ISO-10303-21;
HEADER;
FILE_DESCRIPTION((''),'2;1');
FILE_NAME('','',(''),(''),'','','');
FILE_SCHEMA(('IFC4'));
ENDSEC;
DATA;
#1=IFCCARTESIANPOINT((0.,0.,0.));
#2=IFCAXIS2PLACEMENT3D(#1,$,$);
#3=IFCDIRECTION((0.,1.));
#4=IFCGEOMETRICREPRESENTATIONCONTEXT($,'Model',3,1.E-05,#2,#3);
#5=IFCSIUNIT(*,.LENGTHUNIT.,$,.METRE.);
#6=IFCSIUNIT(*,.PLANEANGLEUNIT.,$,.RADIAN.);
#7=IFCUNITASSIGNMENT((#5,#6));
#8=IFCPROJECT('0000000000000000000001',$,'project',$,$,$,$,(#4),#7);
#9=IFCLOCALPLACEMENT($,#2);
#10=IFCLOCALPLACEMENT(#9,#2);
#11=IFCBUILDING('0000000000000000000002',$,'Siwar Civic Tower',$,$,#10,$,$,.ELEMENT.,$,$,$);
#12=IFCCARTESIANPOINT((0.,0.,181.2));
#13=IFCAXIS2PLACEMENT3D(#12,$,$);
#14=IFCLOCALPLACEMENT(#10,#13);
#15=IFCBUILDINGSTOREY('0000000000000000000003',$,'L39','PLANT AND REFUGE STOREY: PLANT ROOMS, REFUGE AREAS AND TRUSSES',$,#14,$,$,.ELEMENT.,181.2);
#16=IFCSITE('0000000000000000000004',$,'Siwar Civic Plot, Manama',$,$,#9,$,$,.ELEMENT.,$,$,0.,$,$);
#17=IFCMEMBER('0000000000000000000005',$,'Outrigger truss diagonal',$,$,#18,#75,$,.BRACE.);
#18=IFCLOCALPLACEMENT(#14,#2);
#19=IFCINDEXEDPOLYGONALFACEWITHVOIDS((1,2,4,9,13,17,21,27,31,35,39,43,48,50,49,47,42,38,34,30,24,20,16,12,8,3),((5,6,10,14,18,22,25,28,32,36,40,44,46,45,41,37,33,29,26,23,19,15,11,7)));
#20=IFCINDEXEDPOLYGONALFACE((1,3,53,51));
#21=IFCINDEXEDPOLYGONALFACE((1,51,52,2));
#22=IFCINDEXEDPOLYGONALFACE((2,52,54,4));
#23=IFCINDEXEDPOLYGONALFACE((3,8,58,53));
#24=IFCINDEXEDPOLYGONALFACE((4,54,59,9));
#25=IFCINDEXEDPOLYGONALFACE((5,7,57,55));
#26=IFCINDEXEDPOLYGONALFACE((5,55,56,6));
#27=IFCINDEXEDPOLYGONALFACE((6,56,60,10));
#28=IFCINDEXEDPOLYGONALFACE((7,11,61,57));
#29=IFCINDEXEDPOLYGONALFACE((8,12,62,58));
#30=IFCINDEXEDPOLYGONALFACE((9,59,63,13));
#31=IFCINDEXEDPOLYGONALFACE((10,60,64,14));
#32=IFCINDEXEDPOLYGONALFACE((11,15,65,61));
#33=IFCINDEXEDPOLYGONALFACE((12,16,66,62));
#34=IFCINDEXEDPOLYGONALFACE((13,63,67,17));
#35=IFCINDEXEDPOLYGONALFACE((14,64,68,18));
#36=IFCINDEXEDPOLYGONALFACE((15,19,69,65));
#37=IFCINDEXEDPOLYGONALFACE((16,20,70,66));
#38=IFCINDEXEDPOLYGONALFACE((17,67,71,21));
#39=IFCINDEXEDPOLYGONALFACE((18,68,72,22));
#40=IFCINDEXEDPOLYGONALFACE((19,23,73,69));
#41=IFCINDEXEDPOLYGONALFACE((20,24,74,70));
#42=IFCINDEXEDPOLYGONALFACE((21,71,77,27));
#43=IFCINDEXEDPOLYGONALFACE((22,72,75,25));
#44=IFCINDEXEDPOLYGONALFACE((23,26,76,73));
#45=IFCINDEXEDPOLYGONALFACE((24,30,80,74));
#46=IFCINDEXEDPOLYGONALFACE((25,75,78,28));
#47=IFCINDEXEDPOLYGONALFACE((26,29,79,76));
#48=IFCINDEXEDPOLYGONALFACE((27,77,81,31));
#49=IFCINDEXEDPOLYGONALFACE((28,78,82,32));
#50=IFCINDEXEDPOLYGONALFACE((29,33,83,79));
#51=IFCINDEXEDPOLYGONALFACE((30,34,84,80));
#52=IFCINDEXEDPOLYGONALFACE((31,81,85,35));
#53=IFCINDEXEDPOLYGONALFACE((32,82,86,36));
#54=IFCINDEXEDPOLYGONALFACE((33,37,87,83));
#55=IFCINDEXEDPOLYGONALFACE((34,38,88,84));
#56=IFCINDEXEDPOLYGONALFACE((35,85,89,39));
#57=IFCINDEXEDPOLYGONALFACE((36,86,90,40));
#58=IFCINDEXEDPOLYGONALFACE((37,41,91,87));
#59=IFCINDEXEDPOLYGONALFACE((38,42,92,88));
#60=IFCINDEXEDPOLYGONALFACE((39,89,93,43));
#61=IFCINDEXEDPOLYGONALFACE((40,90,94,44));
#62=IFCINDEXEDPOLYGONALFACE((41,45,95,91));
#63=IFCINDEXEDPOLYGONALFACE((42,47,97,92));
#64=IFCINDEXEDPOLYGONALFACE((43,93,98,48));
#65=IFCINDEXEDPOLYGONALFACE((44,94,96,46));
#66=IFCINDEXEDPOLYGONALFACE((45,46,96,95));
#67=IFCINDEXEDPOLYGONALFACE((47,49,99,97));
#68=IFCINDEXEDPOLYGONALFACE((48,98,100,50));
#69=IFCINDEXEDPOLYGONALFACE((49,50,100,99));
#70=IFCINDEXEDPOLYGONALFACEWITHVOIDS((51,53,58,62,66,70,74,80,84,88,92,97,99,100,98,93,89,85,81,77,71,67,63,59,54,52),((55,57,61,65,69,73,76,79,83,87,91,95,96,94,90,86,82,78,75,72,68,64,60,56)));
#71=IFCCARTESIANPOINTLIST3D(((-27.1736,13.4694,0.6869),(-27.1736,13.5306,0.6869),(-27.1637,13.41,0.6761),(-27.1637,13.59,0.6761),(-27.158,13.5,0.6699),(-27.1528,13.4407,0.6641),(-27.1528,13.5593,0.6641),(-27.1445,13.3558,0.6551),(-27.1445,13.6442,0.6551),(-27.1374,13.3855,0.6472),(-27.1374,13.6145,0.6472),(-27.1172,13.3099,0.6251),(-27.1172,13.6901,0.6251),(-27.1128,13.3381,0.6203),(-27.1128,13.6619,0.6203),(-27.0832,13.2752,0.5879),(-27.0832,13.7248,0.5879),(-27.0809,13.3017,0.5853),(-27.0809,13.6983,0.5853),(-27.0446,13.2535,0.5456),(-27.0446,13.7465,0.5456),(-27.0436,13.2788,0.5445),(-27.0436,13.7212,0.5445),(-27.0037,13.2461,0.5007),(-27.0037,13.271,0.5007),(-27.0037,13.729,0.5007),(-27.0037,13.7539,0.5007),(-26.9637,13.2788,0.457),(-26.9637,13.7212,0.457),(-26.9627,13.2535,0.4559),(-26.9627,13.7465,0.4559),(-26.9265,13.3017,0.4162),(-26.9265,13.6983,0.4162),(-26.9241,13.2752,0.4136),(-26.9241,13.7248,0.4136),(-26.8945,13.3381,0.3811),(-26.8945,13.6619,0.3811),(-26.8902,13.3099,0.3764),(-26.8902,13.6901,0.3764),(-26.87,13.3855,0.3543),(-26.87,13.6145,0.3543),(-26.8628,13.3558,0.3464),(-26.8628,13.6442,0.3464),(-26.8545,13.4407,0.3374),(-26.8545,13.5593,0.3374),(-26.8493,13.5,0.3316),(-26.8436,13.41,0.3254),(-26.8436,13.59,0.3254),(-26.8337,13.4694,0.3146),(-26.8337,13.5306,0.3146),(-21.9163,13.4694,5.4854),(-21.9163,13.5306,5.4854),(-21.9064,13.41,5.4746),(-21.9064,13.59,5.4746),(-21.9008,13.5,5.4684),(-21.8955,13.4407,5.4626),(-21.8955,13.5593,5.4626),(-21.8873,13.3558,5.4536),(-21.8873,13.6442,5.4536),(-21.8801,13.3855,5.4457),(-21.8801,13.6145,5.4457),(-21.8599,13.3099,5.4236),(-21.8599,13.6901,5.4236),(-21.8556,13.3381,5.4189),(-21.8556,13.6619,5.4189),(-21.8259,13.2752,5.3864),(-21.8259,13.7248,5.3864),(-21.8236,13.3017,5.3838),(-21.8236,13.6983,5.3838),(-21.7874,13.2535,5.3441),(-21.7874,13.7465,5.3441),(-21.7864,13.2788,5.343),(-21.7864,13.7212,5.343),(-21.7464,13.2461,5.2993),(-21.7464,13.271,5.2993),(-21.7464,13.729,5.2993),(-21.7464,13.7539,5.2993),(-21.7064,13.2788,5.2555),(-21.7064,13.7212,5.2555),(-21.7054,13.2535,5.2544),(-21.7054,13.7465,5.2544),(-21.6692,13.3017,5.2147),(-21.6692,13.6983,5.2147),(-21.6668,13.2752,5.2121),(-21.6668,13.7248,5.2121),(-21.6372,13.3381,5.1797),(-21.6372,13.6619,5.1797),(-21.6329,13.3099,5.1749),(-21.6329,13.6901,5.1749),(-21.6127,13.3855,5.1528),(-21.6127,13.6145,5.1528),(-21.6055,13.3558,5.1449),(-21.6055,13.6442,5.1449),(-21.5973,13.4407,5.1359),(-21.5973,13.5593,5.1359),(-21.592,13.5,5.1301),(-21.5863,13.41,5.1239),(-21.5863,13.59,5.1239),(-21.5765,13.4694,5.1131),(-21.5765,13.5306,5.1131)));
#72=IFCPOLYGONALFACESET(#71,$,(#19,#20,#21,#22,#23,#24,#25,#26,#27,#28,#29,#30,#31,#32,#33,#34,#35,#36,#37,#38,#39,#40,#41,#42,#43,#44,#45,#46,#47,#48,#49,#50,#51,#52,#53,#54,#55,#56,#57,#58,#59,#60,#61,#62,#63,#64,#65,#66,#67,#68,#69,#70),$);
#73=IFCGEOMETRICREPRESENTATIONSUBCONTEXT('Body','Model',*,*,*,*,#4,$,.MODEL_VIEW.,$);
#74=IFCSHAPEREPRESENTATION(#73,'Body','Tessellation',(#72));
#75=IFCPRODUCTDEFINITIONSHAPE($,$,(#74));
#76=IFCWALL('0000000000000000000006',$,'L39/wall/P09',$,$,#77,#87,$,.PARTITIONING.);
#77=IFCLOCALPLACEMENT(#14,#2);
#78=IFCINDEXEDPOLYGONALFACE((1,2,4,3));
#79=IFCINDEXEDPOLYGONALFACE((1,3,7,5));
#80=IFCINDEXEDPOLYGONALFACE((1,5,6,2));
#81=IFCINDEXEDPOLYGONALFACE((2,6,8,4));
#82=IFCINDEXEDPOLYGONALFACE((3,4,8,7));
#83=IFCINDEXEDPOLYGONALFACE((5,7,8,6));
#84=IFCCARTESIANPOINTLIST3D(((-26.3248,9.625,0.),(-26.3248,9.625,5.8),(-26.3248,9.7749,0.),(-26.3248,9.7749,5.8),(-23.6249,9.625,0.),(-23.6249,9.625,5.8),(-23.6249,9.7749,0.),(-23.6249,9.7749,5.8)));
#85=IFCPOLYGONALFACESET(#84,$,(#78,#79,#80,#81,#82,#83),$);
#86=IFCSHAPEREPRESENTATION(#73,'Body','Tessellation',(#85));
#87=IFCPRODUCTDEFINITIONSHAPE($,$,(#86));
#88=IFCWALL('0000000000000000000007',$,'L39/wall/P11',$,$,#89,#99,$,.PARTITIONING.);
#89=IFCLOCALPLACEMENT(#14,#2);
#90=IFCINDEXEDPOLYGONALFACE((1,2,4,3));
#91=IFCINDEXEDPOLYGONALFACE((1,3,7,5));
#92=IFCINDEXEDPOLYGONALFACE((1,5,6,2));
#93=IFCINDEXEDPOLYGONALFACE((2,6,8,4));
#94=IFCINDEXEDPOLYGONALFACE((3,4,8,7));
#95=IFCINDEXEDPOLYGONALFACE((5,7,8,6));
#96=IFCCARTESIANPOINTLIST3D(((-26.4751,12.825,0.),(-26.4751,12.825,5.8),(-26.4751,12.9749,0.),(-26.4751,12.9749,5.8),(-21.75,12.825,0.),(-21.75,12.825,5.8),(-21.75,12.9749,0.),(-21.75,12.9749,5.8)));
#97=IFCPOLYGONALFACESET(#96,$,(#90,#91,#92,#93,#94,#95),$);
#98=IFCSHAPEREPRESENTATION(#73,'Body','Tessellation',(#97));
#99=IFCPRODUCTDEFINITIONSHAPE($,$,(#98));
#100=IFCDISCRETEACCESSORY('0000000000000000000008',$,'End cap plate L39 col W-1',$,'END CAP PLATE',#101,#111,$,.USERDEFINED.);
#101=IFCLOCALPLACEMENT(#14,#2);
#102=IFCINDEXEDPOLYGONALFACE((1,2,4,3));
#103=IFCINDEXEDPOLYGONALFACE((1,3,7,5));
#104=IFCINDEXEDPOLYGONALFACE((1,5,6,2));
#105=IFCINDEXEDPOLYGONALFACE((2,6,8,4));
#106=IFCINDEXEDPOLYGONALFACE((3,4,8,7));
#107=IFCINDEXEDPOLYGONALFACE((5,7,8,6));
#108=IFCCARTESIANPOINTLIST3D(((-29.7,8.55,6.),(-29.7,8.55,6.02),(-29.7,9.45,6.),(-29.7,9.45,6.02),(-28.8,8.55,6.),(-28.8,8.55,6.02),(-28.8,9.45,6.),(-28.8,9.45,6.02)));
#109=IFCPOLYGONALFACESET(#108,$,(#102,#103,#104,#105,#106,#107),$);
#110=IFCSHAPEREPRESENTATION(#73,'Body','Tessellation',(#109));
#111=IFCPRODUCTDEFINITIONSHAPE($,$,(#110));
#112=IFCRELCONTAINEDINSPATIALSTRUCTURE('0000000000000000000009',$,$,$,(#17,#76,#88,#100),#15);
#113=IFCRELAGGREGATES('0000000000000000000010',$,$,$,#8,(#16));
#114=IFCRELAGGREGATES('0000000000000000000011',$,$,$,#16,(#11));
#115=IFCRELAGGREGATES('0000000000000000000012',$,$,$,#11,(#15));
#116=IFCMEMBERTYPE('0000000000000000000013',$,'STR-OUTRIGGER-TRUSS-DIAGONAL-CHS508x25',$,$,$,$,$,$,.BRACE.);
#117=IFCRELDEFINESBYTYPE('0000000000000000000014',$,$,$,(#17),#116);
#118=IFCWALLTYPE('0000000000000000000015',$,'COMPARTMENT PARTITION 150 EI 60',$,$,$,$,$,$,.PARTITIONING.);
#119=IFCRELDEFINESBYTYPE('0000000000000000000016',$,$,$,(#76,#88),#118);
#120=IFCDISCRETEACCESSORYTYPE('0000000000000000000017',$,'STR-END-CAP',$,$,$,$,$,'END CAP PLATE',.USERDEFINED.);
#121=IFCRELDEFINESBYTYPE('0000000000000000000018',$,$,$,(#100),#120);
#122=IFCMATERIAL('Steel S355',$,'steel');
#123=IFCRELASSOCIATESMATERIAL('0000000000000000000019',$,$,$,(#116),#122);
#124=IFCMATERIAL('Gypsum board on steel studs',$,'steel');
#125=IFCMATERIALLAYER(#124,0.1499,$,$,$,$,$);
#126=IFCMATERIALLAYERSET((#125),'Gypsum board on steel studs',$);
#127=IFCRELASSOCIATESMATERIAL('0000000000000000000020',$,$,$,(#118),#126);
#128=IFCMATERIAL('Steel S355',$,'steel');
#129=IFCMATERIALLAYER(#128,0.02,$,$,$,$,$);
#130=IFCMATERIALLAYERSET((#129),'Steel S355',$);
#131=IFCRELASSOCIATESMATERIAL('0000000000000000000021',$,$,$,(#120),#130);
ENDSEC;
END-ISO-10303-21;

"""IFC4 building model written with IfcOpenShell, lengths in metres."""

from ifc_helpers import new_model, si_unit, direction, frame, frame_2d, origin, origin_2d, place, context, subcontext, project, spatial, rectangle, hollow_circle, extrude, material, layer, layer_set, material_profile, profile_set, type_object, element, save


model = new_model("IFC4")

# Units and contexts
model_context = context("Model", 3, precision=1e-05, world=origin(), true_north=direction((0.0, 1.0)))
body_context = subcontext(model_context, "Body", "Model", "MODEL_VIEW")
ifc_project = project(units=[si_unit("LENGTHUNIT", "METRE"), si_unit("PLANEANGLEUNIT", "RADIAN")], contexts=[model_context])

# Site, building, storey
site_placement = place(None, origin())
site = spatial("IfcSite", under=ifc_project, at=site_placement, Name="Siwar Civic Plot, Manama", CompositionType="ELEMENT", RefElevation=0.0)
building_placement = place(site_placement, origin())
building = spatial("IfcBuilding", under=site, at=building_placement, Name="Siwar Civic Tower", CompositionType="ELEMENT")
storey_placement = place(building_placement, frame((0.0, 0.0, 181.2)))
storey = spatial("IfcBuildingStorey", under=building, at=storey_placement, Name="L39", Description="PLANT AND REFUGE STOREY: PLANT ROOMS, REFUGE AREAS AND TRUSSES", CompositionType="ELEMENT", Elevation=181.2)

# Member
ifc_material_1 = material(Name="Steel S355", Category="steel")
ifc_material_profile_1 = material_profile(ifc_material_1, hollow_circle(Radius=0.2539, WallThickness=0.0249, at=origin_2d()), Name="CHS508x25")
ifc_profile_set_1 = profile_set([ifc_material_profile_1], Name="Steel S355")
member_type_1 = type_object("IfcMemberType", Name="STR-OUTRIGGER-TRUSS-DIAGONAL-CHS508x25", PredefinedType="BRACE", material=ifc_profile_set_1)
member_1_placement = place(storey_placement, frame((-27.0037, 13.5, 0.5007), z_axis=(0.738596, 0.0, 0.674148), x_axis=(0.0, 1.0, 0.0)))
element("IfcMember", 1, at=member_1_placement, inside=storey, type_object=member_type_1, Name="Outrigger truss diagonal", PredefinedType="BRACE", context=body_context, shape_type="SweptSolid", body=[
    extrude(hollow_circle(Radius=0.2539, WallThickness=0.0249, at=origin_2d()), origin(), (0.0, 0.0, 1.0), 7.1179),
])

# Walls
ifc_material_2 = material(Name="Gypsum board on steel studs", Category="steel")
ifc_layer_1 = layer(ifc_material_2, 0.1499)
ifc_layer_set_1 = layer_set([ifc_layer_1], Name="Gypsum board on steel studs")
wall_type = type_object("IfcWallType", Name="COMPARTMENT PARTITION 150 EI 60", PredefinedType="PARTITIONING", material=ifc_layer_set_1)
wall_1_placement = place(storey_placement, frame((-26.325, 9.7, 0.0), z_axis=(0.0, 0.0, 1.0), x_axis=(1.0, 0.0, 0.0)))
element("IfcWall", 2, at=wall_1_placement, inside=storey, type_object=wall_type, Name="L39/wall/P09", PredefinedType="PARTITIONING", context=body_context, shape_type="SweptSolid", body=[
    extrude(rectangle(XDim=2.7, YDim=0.1499, at=frame_2d((1.3501, 0.0))), origin(), (0.0, 0.0, 1.0), 5.8),
])
wall_2_placement = place(storey_placement, frame((-26.4751, 12.8999, 0.0), z_axis=(0.0, 0.0, 1.0), x_axis=(1.0, 0.0, 0.0)))
element("IfcWall", 3, at=wall_2_placement, inside=storey, type_object=wall_type, Name="L39/wall/P11", PredefinedType="PARTITIONING", context=body_context, shape_type="SweptSolid", body=[
    extrude(rectangle(XDim=4.7251, YDim=0.1499, at=frame_2d((2.3625, 0.0))), origin(), (0.0, 0.0, 1.0), 5.8),
])

# Discrete accessory
ifc_material_3 = material(Name="Steel S355", Category="steel")
ifc_layer_2 = layer(ifc_material_3, 0.02)
ifc_layer_set_2 = layer_set([ifc_layer_2], Name="Steel S355")
discrete_accessory_type = type_object("IfcDiscreteAccessoryType", Name="STR-END-CAP", ElementType="END CAP PLATE", PredefinedType="USERDEFINED", material=ifc_layer_set_2)
discrete_accessory_placement = place(storey_placement, frame((-29.25, 9.0, 6.0), z_axis=(0.0, 0.0, 1.0), x_axis=(1.0, 0.0, 0.0)))
element("IfcDiscreteAccessory", 4, at=discrete_accessory_placement, inside=storey, type_object=discrete_accessory_type, Name="End cap plate L39 col W-1", ObjectType="END CAP PLATE", PredefinedType="USERDEFINED", context=body_context, shape_type="SweptSolid", body=[
    extrude(rectangle(XDim=0.8999, YDim=0.8999, at=origin_2d()), origin(), (0.0, 0.0, 1.0), 0.02),
])

save(model, "model.ifc")
